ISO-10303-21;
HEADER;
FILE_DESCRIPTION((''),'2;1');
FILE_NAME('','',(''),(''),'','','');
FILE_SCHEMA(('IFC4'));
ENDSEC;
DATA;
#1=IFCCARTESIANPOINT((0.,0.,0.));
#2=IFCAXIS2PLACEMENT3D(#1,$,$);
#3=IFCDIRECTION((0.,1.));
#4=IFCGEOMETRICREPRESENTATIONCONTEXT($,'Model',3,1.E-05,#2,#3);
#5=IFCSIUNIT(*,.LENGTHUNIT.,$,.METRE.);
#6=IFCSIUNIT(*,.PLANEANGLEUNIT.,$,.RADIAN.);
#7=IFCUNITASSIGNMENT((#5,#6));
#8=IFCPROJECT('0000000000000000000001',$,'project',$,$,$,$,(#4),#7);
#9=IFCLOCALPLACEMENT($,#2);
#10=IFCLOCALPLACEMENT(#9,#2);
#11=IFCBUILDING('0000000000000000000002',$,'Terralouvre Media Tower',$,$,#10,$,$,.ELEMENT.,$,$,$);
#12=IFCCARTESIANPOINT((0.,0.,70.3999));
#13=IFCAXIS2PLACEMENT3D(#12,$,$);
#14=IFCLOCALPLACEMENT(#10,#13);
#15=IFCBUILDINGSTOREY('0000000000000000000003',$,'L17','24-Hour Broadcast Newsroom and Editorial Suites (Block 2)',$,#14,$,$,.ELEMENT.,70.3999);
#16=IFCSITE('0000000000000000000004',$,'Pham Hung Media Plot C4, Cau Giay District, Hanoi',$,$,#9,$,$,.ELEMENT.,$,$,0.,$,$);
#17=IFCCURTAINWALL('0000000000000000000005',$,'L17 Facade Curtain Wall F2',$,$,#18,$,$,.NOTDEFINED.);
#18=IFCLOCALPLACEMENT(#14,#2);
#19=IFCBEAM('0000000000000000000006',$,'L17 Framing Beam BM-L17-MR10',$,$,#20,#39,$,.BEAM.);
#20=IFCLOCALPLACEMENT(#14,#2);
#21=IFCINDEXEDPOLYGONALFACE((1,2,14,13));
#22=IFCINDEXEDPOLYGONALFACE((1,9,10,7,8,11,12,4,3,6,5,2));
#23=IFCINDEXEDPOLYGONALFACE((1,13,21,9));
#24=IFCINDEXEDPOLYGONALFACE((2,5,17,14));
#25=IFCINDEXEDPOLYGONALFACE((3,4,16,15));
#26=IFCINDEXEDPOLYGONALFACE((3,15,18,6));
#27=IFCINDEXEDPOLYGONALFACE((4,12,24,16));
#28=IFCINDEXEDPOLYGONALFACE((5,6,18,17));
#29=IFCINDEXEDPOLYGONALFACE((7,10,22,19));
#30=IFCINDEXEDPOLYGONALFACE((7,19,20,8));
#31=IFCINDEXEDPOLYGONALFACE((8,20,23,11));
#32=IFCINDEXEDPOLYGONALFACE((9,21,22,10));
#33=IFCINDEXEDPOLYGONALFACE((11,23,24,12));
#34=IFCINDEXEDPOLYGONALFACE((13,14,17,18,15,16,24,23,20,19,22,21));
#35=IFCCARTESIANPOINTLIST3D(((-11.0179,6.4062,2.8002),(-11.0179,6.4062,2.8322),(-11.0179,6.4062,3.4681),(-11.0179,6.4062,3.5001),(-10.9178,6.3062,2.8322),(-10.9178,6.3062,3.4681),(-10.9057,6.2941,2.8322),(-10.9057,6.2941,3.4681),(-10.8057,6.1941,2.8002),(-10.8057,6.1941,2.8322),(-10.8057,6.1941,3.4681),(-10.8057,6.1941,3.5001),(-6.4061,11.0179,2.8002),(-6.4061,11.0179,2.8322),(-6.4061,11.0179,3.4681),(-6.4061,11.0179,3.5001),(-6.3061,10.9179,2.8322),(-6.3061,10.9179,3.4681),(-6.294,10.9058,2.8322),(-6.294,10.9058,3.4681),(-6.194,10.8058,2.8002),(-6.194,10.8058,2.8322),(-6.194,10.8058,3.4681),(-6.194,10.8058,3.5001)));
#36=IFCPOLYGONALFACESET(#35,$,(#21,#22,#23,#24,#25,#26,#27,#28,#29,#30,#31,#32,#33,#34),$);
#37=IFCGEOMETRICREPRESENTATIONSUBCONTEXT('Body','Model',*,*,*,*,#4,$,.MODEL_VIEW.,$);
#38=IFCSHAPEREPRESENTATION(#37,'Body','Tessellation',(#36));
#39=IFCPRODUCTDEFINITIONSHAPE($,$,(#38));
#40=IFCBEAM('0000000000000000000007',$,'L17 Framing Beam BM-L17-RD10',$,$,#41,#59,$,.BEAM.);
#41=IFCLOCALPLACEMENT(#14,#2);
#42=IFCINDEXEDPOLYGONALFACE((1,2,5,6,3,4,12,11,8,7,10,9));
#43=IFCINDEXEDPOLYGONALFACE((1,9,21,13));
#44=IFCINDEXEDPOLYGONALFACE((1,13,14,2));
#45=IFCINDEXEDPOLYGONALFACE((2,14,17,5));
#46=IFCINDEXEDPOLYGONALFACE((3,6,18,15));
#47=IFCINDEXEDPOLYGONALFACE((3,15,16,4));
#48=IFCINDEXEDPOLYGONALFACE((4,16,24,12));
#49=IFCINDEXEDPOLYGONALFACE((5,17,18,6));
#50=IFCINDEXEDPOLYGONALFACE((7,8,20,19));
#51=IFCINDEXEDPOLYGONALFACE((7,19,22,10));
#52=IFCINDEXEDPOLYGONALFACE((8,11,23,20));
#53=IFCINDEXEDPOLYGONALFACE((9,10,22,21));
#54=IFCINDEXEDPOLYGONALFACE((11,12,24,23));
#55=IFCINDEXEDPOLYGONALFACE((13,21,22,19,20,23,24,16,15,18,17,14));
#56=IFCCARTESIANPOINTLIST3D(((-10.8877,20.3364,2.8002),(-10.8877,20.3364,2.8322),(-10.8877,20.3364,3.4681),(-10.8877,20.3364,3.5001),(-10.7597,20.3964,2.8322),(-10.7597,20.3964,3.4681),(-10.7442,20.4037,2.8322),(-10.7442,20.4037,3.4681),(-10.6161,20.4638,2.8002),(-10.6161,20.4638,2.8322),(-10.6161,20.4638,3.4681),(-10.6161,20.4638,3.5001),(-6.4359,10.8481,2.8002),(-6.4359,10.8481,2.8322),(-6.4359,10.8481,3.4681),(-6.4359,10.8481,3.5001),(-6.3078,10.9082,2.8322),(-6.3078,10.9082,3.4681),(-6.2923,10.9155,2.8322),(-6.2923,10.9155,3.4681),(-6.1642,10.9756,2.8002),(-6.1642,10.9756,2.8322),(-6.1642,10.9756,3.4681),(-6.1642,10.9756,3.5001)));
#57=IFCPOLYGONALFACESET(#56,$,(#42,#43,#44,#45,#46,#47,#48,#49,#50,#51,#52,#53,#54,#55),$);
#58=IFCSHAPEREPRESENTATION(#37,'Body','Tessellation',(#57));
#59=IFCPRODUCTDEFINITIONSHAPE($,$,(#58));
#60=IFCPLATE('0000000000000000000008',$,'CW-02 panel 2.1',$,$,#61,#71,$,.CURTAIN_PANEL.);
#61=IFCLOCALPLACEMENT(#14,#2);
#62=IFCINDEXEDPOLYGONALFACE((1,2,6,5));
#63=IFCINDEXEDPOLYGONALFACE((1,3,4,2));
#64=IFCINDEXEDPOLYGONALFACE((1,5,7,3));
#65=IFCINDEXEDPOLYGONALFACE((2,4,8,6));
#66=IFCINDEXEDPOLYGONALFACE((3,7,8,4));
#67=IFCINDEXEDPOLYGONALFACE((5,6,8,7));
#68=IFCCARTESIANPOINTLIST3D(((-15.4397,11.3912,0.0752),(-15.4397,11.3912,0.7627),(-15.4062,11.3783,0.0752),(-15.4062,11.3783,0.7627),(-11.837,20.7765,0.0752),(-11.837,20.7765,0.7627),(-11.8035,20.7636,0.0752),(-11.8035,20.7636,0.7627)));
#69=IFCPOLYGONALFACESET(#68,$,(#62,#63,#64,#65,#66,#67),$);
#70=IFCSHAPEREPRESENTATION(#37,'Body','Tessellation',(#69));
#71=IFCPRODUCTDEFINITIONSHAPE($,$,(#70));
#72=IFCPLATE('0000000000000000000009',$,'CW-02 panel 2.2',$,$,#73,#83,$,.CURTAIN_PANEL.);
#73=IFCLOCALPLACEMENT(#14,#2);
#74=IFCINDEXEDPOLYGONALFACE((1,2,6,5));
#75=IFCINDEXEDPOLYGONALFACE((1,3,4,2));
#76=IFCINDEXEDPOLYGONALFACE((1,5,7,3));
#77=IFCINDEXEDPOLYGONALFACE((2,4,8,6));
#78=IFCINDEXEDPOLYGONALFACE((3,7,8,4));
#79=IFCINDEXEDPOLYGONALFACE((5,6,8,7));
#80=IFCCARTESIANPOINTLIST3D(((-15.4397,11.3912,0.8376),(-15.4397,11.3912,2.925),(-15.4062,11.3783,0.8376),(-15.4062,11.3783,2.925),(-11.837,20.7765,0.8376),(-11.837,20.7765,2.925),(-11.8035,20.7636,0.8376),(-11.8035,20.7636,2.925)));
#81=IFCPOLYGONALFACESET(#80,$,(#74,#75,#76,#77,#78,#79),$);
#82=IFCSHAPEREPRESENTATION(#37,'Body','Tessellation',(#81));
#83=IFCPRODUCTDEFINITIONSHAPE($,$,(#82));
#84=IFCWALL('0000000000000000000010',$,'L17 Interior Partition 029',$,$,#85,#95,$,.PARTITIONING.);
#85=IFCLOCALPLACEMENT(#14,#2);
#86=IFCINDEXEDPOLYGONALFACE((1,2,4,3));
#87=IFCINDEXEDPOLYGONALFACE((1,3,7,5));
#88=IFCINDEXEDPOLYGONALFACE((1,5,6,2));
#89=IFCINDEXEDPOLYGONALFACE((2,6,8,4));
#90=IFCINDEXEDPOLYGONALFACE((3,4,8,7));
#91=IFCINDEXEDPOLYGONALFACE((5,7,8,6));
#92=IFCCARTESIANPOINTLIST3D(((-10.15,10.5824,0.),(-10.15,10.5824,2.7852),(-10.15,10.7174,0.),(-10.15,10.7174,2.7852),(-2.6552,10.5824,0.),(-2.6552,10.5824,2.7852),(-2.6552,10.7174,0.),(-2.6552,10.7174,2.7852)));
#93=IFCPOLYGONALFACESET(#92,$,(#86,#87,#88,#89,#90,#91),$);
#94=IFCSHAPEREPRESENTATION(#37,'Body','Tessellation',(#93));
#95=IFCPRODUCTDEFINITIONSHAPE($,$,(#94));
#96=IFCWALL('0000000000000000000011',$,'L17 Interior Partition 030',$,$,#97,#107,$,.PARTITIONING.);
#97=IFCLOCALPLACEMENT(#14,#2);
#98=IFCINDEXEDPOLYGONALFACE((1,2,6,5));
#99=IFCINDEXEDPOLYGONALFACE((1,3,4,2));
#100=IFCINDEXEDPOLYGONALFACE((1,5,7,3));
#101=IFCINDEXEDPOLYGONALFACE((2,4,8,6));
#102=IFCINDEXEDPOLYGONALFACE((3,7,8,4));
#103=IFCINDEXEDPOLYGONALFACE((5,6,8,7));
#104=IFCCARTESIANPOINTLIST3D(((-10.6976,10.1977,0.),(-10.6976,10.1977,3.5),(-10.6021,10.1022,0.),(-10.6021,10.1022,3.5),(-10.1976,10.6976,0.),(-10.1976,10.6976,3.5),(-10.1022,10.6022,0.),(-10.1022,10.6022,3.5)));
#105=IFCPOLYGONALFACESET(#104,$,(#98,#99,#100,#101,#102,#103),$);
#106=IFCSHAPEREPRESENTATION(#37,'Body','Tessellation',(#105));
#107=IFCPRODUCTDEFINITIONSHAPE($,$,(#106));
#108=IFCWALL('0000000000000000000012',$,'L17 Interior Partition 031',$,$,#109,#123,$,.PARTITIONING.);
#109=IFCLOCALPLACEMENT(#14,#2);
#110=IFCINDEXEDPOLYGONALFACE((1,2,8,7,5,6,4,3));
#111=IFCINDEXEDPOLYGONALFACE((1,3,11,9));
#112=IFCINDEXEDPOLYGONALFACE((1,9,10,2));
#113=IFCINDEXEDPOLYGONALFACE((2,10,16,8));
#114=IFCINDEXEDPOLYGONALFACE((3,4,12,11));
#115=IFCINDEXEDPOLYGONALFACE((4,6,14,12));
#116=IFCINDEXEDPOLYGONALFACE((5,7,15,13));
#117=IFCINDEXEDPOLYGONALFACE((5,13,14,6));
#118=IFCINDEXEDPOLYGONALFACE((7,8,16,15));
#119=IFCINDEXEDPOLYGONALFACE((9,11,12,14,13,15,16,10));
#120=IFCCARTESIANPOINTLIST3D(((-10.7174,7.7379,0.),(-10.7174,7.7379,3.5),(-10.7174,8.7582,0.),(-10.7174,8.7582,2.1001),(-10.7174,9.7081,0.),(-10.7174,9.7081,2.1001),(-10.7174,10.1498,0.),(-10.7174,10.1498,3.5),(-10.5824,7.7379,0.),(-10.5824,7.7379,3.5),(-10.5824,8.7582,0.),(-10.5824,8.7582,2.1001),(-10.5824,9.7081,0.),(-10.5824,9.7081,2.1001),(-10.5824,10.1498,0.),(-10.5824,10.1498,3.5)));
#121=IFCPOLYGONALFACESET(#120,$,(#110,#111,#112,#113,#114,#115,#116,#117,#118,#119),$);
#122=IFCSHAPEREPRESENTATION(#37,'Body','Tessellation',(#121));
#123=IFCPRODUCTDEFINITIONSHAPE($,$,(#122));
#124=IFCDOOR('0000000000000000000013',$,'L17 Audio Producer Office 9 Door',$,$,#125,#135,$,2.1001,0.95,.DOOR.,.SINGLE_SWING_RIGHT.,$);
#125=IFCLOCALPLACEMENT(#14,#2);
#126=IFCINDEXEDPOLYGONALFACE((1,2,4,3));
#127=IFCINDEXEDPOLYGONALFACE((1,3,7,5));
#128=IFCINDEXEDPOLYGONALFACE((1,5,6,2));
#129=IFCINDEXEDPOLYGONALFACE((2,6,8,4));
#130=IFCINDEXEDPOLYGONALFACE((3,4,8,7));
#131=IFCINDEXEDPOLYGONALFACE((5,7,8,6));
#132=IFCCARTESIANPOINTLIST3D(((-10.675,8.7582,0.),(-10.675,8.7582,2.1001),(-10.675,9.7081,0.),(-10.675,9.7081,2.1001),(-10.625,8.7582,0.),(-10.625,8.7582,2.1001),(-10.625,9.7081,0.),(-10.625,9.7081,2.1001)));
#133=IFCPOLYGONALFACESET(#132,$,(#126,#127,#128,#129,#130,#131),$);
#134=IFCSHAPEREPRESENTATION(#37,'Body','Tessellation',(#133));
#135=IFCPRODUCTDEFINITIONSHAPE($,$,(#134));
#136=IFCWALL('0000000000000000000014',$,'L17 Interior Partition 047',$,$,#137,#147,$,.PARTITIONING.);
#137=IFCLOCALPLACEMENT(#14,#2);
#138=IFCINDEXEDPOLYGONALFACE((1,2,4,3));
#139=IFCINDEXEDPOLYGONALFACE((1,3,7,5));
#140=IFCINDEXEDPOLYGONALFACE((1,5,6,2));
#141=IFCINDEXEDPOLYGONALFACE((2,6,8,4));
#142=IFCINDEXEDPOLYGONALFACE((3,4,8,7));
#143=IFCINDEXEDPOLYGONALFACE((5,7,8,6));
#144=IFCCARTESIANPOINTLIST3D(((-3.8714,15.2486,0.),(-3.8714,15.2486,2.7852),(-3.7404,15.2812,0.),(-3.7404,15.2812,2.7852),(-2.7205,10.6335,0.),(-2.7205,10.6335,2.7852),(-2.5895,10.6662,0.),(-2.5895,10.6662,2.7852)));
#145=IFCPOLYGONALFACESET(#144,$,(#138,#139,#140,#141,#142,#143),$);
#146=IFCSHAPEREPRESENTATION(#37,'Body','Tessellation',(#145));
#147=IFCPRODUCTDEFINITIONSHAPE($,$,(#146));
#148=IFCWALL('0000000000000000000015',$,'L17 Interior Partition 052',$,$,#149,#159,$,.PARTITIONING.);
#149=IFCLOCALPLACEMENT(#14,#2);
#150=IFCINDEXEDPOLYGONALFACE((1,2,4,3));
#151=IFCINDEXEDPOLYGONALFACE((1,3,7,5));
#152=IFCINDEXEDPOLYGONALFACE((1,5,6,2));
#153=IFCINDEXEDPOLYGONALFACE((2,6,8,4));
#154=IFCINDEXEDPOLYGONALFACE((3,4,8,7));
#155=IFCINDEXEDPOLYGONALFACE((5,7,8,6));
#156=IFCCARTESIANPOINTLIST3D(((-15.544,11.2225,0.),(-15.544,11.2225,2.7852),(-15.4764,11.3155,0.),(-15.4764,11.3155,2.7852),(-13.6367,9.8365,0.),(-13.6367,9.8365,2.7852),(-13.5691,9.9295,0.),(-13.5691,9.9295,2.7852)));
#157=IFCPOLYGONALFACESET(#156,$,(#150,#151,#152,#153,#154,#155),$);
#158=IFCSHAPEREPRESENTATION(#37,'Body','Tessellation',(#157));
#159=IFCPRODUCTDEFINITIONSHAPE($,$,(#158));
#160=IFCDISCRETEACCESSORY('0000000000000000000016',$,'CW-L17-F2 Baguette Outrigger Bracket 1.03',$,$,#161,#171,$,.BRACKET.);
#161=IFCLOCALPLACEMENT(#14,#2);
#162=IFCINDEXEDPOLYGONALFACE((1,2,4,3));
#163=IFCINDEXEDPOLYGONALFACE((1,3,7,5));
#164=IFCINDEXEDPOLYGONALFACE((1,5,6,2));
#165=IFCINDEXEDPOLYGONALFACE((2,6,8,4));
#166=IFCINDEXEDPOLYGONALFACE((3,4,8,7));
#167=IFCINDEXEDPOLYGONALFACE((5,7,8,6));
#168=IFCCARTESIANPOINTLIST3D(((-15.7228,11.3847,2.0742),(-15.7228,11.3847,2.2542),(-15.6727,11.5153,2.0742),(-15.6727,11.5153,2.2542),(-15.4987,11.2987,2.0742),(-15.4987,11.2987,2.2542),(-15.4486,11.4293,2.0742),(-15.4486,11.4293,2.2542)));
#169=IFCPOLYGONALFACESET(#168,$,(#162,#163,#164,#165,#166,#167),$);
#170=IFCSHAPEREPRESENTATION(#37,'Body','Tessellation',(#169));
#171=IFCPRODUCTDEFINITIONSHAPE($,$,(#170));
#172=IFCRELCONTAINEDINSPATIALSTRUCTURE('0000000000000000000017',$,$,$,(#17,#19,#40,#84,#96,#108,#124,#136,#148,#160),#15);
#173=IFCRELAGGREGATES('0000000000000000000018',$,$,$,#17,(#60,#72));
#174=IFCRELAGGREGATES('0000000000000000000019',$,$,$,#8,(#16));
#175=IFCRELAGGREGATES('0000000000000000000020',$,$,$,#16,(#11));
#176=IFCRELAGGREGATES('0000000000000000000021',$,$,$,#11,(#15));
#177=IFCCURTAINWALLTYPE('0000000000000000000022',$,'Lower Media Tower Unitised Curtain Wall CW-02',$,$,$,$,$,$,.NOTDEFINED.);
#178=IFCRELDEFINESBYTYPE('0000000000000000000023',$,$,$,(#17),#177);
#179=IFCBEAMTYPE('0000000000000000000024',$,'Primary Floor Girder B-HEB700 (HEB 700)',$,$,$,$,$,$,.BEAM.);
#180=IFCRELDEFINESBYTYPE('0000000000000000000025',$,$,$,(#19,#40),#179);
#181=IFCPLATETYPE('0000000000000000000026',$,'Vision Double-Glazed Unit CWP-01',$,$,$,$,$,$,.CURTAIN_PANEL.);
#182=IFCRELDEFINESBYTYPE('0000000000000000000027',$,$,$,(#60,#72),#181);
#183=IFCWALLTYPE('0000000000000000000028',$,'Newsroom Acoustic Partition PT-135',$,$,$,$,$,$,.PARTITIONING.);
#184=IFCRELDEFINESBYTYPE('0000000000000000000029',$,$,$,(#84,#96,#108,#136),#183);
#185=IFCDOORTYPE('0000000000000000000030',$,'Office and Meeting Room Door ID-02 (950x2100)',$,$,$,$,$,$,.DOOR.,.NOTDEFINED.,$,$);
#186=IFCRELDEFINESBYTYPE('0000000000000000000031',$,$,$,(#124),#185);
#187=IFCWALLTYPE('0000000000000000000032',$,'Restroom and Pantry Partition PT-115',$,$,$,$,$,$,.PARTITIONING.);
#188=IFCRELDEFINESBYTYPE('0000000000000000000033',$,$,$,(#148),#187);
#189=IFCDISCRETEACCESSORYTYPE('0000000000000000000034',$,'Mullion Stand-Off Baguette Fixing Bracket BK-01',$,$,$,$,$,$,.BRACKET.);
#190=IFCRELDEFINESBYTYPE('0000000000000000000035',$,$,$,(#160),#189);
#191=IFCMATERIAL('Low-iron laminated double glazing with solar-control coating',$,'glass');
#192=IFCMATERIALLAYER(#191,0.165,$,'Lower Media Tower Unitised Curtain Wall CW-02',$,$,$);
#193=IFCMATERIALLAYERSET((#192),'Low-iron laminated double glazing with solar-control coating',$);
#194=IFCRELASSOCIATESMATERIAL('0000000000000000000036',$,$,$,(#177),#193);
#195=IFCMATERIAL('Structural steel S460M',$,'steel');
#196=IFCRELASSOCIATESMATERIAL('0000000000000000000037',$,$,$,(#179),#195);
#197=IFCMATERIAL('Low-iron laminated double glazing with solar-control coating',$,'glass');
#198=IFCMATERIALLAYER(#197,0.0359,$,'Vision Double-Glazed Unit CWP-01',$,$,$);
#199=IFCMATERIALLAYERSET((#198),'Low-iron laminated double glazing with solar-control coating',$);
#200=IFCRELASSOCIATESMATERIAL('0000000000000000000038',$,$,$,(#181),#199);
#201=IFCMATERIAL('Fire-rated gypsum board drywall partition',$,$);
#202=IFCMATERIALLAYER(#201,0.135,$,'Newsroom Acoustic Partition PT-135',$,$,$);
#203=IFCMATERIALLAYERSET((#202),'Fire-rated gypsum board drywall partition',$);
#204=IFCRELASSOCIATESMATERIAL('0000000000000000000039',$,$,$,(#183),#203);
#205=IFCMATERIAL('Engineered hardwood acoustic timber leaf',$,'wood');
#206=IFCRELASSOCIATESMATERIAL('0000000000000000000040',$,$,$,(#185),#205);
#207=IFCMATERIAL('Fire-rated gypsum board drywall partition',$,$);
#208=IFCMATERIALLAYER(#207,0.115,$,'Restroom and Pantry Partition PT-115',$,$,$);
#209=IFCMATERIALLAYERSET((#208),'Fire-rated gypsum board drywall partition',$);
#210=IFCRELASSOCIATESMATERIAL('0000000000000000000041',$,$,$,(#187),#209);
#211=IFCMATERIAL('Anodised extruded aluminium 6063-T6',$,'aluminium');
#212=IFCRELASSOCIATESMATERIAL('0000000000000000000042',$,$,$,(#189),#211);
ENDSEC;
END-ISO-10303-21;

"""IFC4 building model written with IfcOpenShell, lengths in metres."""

from ifc_helpers import new_model, si_unit, direction, frame, frame_2d, origin, origin_2d, place, context, subcontext, project, spatial, rectangle, i_section, extrude, material, layer, layer_set, material_profile, profile_set, type_object, element, fill, aggregate, save


model = new_model("IFC4")

# Units and contexts
model_context = context("Model", 3, precision=1e-05, world=origin(), true_north=direction((0.0, 1.0)))
body_context = subcontext(model_context, "Body", "Model", "MODEL_VIEW")
ifc_project = project(units=[si_unit("LENGTHUNIT", "METRE"), si_unit("PLANEANGLEUNIT", "RADIAN")], contexts=[model_context])

# Site, building, storey
site_placement = place(None, origin())
site = spatial("IfcSite", under=ifc_project, at=site_placement, Name="Pham Hung Media Plot C4, Cau Giay District, Hanoi", CompositionType="ELEMENT", RefElevation=0.0)
building_placement = place(site_placement, origin())
building = spatial("IfcBuilding", under=site, at=building_placement, Name="Terralouvre Media Tower", CompositionType="ELEMENT")
storey_placement = place(building_placement, frame((0.0, 0.0, 70.3999)))
storey = spatial("IfcBuildingStorey", under=building, at=storey_placement, Name="L17", Description="24-Hour Broadcast Newsroom and Editorial Suites (Block 2)", CompositionType="ELEMENT", Elevation=70.3999)

# Curtain wall
ifc_material_1 = material(Name="Low-iron laminated double glazing with solar-control coating", Category="glass")
ifc_layer_1 = layer(ifc_material_1, 0.165, Name="Lower Media Tower Unitised Curtain Wall CW-02")
ifc_layer_set_1 = layer_set([ifc_layer_1], Name="Low-iron laminated double glazing with solar-control coating")
curtain_wall_type = type_object("IfcCurtainWallType", Name="Lower Media Tower Unitised Curtain Wall CW-02", PredefinedType="NOTDEFINED", material=ifc_layer_set_1)
curtain_wall_placement = place(storey_placement, origin())
curtain_wall = element("IfcCurtainWall", 1, at=curtain_wall_placement, inside=storey, type_object=curtain_wall_type, Name="L17 Facade Curtain Wall F2", PredefinedType="NOTDEFINED")

# Beams
ifc_material_2 = material(Name="Structural steel S460M", Category="steel")
ifc_material_profile_1 = material_profile(ifc_material_2, i_section(OverallWidth=0.3, OverallDepth=0.7, WebThickness=0.0171, FlangeThickness=0.032, at=origin_2d()), Name="HEB 700")
ifc_profile_set_1 = profile_set([ifc_material_profile_1], Name="Structural steel S460M")
beam_type_1 = type_object("IfcBeamType", Name="Primary Floor Girder B-HEB700 (HEB 700)", PredefinedType="BEAM", material=ifc_profile_set_1)
beam_1_placement = place(storey_placement, frame((-6.3, 10.9119, 3.1501), z_axis=(-0.707107, -0.707107, 0.0), x_axis=(0.707107, -0.707107, 0.0)))
element("IfcBeam", 2, at=beam_1_placement, inside=storey, type_object=beam_type_1, Name="L17 Framing Beam BM-L17-MR10", PredefinedType="BEAM", context=body_context, shape_type="SweptSolid", body=[
    extrude(i_section(OverallWidth=0.3, OverallDepth=0.7, WebThickness=0.0171, FlangeThickness=0.032, at=origin_2d()), origin(), (0.0, 0.0, 1.0), 6.522),
])
beam_2_placement = place(storey_placement, frame((-6.3, 10.9119, 3.1501), z_axis=(-0.424768, 0.905302, 0.0), x_axis=(-0.905302, -0.424768, 0.0)))
element("IfcBeam", 3, at=beam_2_placement, inside=storey, type_object=beam_type_1, Name="L17 Framing Beam BM-L17-RD10", PredefinedType="BEAM", context=body_context, shape_type="SweptSolid", body=[
    extrude(i_section(OverallWidth=0.3, OverallDepth=0.7, WebThickness=0.0171, FlangeThickness=0.032, at=origin_2d()), origin(), (0.0, 0.0, 1.0), 10.4807),
])

# Plates
ifc_material_3 = material(Name="Low-iron laminated double glazing with solar-control coating", Category="glass")
ifc_layer_2 = layer(ifc_material_3, 0.0359, Name="Vision Double-Glazed Unit CWP-01")
ifc_layer_set_2 = layer_set([ifc_layer_2], Name="Low-iron laminated double glazing with solar-control coating")
plate_type = type_object("IfcPlateType", Name="Vision Double-Glazed Unit CWP-01", PredefinedType="CURTAIN_PANEL", material=ifc_layer_set_2)
plate_1_placement = place(storey_placement, frame((-13.6216, 16.0774, 0.0752), z_axis=(0.0, 0.0, 1.0), x_axis=(-0.358368, -0.93358, 0.0)))
plate_1 = element("IfcPlate", 4, at=plate_1_placement, type_object=plate_type, Name="CW-02 panel 2.1", PredefinedType="CURTAIN_PANEL", context=body_context, shape_type="SweptSolid", body=[
    extrude(rectangle(XDim=10.053, YDim=0.0359, at=origin_2d()), origin(), (0.0, 0.0, 1.0), 0.6875),
])
plate_2_placement = place(storey_placement, frame((-13.6216, 16.0774, 0.8376), z_axis=(0.0, 0.0, 1.0), x_axis=(-0.358368, -0.93358, 0.0)))
plate_2 = element("IfcPlate", 5, at=plate_2_placement, type_object=plate_type, Name="CW-02 panel 2.2", PredefinedType="CURTAIN_PANEL", context=body_context, shape_type="SweptSolid", body=[
    extrude(rectangle(XDim=10.053, YDim=0.0359, at=origin_2d()), origin(), (0.0, 0.0, 1.0), 2.0874),
])
aggregate(curtain_wall, [plate_1, plate_2])

# Walls
ifc_material_4 = material(Name="Fire-rated gypsum board drywall partition")
ifc_layer_3 = layer(ifc_material_4, 0.135, Name="Newsroom Acoustic Partition PT-135")
ifc_layer_set_3 = layer_set([ifc_layer_3], Name="Fire-rated gypsum board drywall partition")
wall_type_1 = type_object("IfcWallType", Name="Newsroom Acoustic Partition PT-135", PredefinedType="PARTITIONING", material=ifc_layer_set_3)
wall_1_placement = place(storey_placement, frame((-2.655, 10.6499, 0.0), z_axis=(0.0, 0.0, 1.0), x_axis=(-1.0, 0.0, 0.0)))
element("IfcWall", 6, at=wall_1_placement, inside=storey, type_object=wall_type_1, Name="L17 Interior Partition 029", PredefinedType="PARTITIONING", context=body_context, shape_type="SweptSolid", body=[
    extrude(rectangle(XDim=7.4949, YDim=0.135, at=frame_2d((3.7476, 0.0))), origin(), (0.0, 0.0, 1.0), 2.7852),
])
wall_2_placement = place(storey_placement, frame((-10.1499, 10.6499, 0.0), z_axis=(0.0, 0.0, 1.0), x_axis=(-0.707107, -0.707107, 0.0)))
element("IfcWall", 7, at=wall_2_placement, inside=storey, type_object=wall_type_1, Name="L17 Interior Partition 030", PredefinedType="PARTITIONING", context=body_context, shape_type="SweptSolid", body=[
    extrude(rectangle(XDim=0.707, YDim=0.135, at=frame_2d((0.3535, 0.0))), origin(), (0.0, 0.0, 1.0), 3.5),
])

# Wall, opening, door
wall_3_placement = place(storey_placement, frame((-10.6499, 10.1499, 0.0), z_axis=(0.0, 0.0, 1.0), x_axis=(0.0, -1.0, 0.0)))
wall_3 = element("IfcWall", 8, at=wall_3_placement, inside=storey, type_object=wall_type_1, Name="L17 Interior Partition 031", PredefinedType="PARTITIONING", context=body_context, shape_type="SweptSolid", body=[
    extrude(rectangle(XDim=2.4119, YDim=0.135, at=frame_2d((1.2061, 0.0))), origin(), (0.0, 0.0, 1.0), 3.5),
])
opening_placement = place(wall_3_placement, frame((0.4417, 0.0, 0.0)))
opening = element("IfcOpeningElement", 9, at=opening_placement, cuts=wall_3, PredefinedType="OPENING", context=body_context, shape_type="SweptSolid", body=[
    extrude(rectangle(XDim=0.95, YDim=2.1001, at=frame_2d((0.4751, 1.05))), frame((0.0, 0.0774, 0.0), z_axis=(0.0, -1.0, 0.0), x_axis=(1.0, 0.0, 0.0)), (0.0, 0.0, 1.0), 0.155),
])
ifc_material_5 = material(Name="Engineered hardwood acoustic timber leaf", Category="wood")
door_type = type_object("IfcDoorType", Name="Office and Meeting Room Door ID-02 (950x2100)", OperationType="NOTDEFINED", PredefinedType="DOOR", material=ifc_material_5)
door_placement = place(opening_placement, origin())
door = element("IfcDoor", 10, at=door_placement, inside=storey, type_object=door_type, Name="L17 Audio Producer Office 9 Door", OperationType="SINGLE_SWING_RIGHT", OverallHeight=2.1001, OverallWidth=0.95, PredefinedType="DOOR", context=body_context, shape_type="SweptSolid", body=[
    extrude(rectangle(XDim=0.95, YDim=2.1001, at=frame_2d((0.4751, 1.05))), frame((0.0, 0.0249, 0.0), z_axis=(0.0, -1.0, 0.0), x_axis=(1.0, 0.0, 0.0)), (0.0, 0.0, 1.0), 0.05),
])
fill(opening, door)

# Walls
wall_4_placement = place(storey_placement, frame((-3.8059, 15.2649, 0.0), z_axis=(0.0, 0.0, 1.0), x_axis=(0.241968, -0.970284, 0.0)))
element("IfcWall", 11, at=wall_4_placement, inside=storey, type_object=wall_type_1, Name="L17 Interior Partition 047", PredefinedType="PARTITIONING", context=body_context, shape_type="SweptSolid", body=[
    extrude(rectangle(XDim=4.7563, YDim=0.135, at=frame_2d((2.3782, 0.0))), origin(), (0.0, 0.0, 1.0), 2.7852),
])
ifc_material_6 = material(Name="Fire-rated gypsum board drywall partition")
ifc_layer_4 = layer(ifc_material_6, 0.115, Name="Restroom and Pantry Partition PT-115")
ifc_layer_set_4 = layer_set([ifc_layer_4], Name="Fire-rated gypsum board drywall partition")
wall_type_2 = type_object("IfcWallType", Name="Restroom and Pantry Partition PT-115", PredefinedType="PARTITIONING", material=ifc_layer_set_4)
wall_5_placement = place(storey_placement, frame((-13.603, 9.8831, 0.0), z_axis=(0.0, 0.0, 1.0), x_axis=(-0.808955, 0.58787, 0.0)))
element("IfcWall", 12, at=wall_5_placement, inside=storey, type_object=wall_type_2, Name="L17 Interior Partition 052", PredefinedType="PARTITIONING", context=body_context, shape_type="SweptSolid", body=[
    extrude(rectangle(XDim=2.3577, YDim=0.115, at=frame_2d((1.1787, 0.0))), origin(), (0.0, 0.0, 1.0), 2.7852),
])

# Discrete accessory
ifc_material_7 = material(Name="Anodised extruded aluminium 6063-T6", Category="aluminium")
discrete_accessory_type = type_object("IfcDiscreteAccessoryType", Name="Mullion Stand-Off Baguette Fixing Bracket BK-01", PredefinedType="BRACKET", material=ifc_material_7)
discrete_accessory_placement = place(storey_placement, frame((-15.5857, 11.407, 2.0742), z_axis=(0.0, 0.0, 1.0), x_axis=(-0.358368, -0.93358, 0.0)))
element("IfcDiscreteAccessory", 13, at=discrete_accessory_placement, inside=storey, type_object=discrete_accessory_type, Name="CW-L17-F2 Baguette Outrigger Bracket 1.03", PredefinedType="BRACKET", context=body_context, shape_type="SweptSolid", body=[
    extrude(rectangle(XDim=0.1399, YDim=0.24, at=origin_2d()), origin(), (0.0, 0.0, 1.0), 0.1799),
])

save(model, "model.ifc")
